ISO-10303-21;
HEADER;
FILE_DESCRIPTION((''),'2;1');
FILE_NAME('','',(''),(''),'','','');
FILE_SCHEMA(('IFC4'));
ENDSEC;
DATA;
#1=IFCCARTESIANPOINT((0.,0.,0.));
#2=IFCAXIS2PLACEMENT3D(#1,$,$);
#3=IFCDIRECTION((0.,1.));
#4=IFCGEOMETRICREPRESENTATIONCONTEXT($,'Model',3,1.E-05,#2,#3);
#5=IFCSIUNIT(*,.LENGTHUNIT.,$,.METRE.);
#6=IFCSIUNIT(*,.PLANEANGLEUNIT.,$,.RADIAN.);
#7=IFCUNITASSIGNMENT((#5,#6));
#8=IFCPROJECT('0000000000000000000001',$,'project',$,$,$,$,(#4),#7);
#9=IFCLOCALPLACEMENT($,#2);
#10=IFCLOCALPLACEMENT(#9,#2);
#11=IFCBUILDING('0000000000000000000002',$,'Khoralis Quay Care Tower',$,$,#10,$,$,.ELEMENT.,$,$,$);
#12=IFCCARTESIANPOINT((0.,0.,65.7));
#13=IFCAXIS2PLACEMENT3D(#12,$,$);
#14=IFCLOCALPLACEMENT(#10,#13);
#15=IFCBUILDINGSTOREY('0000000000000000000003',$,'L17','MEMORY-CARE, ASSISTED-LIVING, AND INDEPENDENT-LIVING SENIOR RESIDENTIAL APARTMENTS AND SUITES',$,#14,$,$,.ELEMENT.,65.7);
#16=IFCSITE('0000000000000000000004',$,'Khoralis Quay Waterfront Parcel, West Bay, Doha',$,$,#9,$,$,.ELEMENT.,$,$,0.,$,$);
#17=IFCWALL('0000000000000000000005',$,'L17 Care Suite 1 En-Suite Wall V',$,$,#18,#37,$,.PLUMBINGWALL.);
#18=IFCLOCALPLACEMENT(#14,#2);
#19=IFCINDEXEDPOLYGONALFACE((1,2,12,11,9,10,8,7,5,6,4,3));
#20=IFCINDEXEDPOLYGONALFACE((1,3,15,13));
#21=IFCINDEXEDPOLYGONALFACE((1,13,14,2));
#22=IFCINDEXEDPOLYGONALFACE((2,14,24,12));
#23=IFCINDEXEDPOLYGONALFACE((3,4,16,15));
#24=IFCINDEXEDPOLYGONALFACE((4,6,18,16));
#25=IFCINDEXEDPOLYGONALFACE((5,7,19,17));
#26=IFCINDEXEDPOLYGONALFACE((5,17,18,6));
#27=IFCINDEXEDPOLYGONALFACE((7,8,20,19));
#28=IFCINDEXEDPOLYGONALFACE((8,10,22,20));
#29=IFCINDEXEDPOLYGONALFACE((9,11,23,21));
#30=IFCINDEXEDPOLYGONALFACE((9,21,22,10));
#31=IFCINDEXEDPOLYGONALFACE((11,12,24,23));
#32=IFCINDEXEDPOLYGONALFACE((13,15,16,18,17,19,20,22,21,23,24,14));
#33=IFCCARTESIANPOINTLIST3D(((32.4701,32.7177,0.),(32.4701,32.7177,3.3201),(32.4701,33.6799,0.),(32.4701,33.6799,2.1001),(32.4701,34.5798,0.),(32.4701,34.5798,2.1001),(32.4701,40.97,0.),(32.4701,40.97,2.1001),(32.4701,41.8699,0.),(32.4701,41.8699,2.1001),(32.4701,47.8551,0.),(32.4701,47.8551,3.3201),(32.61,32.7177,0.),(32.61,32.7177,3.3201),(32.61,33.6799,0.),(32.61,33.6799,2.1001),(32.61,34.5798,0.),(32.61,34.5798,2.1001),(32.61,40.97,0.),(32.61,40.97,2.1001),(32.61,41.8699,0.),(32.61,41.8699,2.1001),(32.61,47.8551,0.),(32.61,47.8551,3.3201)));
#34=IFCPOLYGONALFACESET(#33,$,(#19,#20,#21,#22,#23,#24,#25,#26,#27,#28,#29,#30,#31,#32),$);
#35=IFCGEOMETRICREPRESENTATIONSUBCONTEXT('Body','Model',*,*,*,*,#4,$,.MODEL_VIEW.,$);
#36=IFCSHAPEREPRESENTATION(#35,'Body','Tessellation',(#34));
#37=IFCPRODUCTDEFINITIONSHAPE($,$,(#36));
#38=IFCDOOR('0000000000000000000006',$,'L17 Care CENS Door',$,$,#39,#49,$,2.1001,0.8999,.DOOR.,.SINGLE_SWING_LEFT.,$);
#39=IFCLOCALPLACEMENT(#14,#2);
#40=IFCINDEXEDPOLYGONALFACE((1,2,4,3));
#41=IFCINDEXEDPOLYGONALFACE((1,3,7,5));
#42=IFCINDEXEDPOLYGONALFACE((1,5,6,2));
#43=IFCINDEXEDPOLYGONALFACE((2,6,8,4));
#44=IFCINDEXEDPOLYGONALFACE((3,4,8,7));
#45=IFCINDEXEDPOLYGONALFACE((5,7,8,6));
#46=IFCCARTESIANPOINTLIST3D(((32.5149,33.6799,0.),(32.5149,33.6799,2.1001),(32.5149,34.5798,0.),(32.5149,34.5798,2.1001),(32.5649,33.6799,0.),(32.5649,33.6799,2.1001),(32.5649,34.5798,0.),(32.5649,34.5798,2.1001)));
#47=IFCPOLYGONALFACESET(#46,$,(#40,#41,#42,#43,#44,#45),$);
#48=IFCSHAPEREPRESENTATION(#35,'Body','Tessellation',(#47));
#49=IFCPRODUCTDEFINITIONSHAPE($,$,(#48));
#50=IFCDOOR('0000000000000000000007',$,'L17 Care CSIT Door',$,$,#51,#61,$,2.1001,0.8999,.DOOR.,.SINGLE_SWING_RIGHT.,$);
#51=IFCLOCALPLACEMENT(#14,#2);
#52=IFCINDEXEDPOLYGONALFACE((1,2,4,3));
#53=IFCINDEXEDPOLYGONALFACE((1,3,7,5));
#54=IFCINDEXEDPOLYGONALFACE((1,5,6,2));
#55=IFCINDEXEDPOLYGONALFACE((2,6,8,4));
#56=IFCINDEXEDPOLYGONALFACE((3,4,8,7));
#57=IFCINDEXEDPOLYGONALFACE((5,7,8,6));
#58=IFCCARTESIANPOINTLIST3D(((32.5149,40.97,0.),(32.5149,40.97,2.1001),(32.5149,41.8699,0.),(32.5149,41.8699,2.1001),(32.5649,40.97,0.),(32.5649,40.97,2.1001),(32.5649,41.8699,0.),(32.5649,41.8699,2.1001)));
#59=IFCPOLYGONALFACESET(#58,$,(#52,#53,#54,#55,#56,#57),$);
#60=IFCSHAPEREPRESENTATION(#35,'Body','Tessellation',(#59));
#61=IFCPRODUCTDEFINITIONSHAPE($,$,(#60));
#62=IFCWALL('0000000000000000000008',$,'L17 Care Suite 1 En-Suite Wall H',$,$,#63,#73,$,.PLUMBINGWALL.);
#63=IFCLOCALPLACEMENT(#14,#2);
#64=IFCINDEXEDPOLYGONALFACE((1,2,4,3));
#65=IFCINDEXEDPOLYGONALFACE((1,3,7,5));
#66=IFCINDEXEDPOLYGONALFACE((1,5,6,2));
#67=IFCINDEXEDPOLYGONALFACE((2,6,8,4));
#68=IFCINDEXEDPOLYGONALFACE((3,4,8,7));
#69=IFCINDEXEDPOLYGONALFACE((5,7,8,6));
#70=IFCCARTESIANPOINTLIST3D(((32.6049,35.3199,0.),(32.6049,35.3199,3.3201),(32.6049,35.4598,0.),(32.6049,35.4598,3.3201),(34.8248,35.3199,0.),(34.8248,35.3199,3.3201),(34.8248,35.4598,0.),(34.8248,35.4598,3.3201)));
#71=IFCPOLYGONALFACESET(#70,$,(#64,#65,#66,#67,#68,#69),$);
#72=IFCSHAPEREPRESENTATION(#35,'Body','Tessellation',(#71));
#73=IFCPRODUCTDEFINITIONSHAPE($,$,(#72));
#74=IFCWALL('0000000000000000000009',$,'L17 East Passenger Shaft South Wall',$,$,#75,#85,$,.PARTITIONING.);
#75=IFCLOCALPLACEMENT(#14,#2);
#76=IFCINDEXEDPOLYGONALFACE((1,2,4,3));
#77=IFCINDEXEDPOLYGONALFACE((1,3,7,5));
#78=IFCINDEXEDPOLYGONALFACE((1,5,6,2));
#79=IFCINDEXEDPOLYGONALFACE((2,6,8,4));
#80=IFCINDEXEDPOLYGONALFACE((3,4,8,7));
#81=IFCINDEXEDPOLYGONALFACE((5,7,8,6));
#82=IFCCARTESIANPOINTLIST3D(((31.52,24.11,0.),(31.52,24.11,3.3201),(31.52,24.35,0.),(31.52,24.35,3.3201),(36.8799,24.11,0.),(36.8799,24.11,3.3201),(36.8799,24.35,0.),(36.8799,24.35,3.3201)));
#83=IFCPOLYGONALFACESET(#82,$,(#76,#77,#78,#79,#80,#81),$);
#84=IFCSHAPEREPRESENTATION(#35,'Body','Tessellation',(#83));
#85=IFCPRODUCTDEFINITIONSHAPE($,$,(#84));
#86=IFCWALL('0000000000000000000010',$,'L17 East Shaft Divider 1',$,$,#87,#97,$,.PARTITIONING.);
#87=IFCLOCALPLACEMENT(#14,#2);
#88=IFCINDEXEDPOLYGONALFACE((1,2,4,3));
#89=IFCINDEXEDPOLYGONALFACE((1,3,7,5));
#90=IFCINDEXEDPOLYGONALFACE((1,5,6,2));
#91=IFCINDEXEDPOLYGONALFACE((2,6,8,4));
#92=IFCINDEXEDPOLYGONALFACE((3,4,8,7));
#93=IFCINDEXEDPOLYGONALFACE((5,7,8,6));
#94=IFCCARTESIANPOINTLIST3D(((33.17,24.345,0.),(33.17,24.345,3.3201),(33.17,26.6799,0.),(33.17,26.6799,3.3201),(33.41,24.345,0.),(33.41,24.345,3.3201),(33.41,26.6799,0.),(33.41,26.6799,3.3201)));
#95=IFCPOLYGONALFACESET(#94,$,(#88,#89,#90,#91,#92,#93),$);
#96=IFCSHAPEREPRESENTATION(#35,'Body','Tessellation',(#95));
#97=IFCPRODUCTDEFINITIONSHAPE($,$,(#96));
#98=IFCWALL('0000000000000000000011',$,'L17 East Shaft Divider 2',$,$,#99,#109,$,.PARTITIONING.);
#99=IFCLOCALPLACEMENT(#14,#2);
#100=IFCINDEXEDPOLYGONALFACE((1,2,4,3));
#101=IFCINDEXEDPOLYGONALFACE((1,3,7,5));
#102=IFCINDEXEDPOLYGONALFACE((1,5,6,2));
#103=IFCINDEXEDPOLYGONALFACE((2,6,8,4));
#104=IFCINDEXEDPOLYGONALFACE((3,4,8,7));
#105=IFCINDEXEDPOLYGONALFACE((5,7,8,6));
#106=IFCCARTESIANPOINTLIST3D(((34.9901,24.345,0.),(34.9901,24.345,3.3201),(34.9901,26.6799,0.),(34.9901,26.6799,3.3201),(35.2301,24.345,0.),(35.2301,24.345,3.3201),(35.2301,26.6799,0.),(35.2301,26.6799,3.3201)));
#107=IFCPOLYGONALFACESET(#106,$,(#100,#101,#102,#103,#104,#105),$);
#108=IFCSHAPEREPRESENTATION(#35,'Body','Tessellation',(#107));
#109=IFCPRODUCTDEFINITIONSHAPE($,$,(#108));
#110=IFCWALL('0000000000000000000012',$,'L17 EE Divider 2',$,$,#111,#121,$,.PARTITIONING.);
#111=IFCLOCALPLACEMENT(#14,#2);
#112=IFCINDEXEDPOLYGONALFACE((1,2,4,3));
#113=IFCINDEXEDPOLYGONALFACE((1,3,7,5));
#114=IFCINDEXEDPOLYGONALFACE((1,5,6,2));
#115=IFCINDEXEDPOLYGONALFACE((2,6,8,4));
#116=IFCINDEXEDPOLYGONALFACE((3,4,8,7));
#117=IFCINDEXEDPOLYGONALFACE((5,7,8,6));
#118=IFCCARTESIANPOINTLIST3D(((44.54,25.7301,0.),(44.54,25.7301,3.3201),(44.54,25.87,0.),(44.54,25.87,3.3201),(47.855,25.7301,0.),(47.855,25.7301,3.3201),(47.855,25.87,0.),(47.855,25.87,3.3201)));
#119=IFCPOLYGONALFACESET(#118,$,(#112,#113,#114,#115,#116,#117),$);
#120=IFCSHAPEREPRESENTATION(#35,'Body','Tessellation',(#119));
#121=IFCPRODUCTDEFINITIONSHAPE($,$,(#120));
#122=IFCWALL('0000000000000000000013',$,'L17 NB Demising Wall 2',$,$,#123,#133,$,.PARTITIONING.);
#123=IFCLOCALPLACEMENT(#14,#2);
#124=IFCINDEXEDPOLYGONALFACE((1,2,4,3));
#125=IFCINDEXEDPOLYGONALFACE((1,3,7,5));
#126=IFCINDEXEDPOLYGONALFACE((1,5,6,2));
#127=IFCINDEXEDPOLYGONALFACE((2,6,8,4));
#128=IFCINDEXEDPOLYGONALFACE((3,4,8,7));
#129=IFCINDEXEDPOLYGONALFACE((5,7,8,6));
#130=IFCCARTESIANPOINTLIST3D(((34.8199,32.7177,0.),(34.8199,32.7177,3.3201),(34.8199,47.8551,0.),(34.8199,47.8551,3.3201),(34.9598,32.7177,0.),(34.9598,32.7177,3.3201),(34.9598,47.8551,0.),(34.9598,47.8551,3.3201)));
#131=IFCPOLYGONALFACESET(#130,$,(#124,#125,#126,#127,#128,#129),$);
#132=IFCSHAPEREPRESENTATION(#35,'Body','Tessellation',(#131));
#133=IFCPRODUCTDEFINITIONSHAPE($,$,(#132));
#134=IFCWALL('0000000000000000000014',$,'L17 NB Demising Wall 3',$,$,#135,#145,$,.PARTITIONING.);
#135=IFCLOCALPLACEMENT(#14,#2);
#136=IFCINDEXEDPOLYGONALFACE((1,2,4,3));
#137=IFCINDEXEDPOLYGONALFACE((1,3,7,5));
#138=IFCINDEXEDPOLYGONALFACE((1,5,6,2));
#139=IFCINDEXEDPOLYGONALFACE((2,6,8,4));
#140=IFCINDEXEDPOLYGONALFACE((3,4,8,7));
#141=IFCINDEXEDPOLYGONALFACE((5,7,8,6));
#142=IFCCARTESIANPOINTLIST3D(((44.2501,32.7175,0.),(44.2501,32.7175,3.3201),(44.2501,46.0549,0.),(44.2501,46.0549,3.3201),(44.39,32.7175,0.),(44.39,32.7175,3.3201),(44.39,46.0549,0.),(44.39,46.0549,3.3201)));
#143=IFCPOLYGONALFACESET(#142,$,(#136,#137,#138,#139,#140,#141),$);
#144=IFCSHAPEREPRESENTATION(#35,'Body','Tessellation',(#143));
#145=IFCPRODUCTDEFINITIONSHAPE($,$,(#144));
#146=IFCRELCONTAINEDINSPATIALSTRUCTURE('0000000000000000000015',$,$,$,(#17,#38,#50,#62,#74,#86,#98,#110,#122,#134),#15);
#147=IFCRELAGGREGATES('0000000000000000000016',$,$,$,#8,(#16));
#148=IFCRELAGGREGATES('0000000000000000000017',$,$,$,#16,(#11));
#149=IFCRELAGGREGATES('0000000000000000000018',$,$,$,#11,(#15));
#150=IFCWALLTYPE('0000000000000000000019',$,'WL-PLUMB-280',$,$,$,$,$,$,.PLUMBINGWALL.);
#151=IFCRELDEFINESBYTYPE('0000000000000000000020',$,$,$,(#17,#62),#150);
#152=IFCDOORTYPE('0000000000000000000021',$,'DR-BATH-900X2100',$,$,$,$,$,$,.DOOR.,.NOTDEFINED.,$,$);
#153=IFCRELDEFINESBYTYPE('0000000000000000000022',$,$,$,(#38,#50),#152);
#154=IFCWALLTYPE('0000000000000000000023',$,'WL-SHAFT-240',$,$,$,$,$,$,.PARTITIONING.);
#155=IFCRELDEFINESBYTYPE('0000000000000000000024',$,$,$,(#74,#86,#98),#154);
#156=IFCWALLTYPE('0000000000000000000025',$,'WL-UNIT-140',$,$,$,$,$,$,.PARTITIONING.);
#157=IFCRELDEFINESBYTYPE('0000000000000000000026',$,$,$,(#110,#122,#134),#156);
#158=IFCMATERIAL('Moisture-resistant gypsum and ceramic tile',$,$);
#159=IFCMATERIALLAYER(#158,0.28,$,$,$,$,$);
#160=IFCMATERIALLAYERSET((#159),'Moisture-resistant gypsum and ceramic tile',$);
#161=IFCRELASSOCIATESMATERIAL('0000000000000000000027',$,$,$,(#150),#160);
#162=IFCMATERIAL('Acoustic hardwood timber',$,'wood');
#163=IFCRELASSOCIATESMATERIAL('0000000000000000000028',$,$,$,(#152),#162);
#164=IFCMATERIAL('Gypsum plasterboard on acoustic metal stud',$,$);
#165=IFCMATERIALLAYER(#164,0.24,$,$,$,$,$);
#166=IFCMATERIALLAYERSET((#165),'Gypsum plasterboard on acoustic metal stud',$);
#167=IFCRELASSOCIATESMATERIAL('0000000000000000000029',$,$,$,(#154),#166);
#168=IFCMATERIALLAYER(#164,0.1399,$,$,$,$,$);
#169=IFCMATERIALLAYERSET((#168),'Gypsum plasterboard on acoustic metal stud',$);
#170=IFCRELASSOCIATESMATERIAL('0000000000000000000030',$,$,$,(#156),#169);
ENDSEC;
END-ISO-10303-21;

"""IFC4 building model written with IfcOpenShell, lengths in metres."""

from ifc_helpers import new_model, si_unit, direction, frame, frame_2d, origin, place, context, subcontext, project, spatial, rectangle, extrude, source, transform, mapped, material, layer, layer_set, type_object, element, fill, save


model = new_model("IFC4")

# Units and contexts
model_context = context("Model", 3, precision=1e-05, world=origin(), true_north=direction((0.0, 1.0)))
body_context = subcontext(model_context, "Body", "Model", "MODEL_VIEW")
ifc_project = project(units=[si_unit("LENGTHUNIT", "METRE"), si_unit("PLANEANGLEUNIT", "RADIAN")], contexts=[model_context])

# Site, building, storey
site_placement = place(None, origin())
site = spatial("IfcSite", under=ifc_project, at=site_placement, Name="Khoralis Quay Waterfront Parcel, West Bay, Doha", CompositionType="ELEMENT", RefElevation=0.0)
building_placement = place(site_placement, origin())
building = spatial("IfcBuilding", under=site, at=building_placement, Name="Khoralis Quay Care Tower", CompositionType="ELEMENT")
storey_placement = place(building_placement, frame((0.0, 0.0, 65.7)))
storey = spatial("IfcBuildingStorey", under=building, at=storey_placement, Name="L17", Description="MEMORY-CARE, ASSISTED-LIVING, AND INDEPENDENT-LIVING SENIOR RESIDENTIAL APARTMENTS AND SUITES", CompositionType="ELEMENT", Elevation=65.7)

# Shared definitions
ifc_material_1 = material(Name="Gypsum plasterboard on acoustic metal stud")

# Wall, openings, doors
ifc_material_2 = material(Name="Moisture-resistant gypsum and ceramic tile")
ifc_layer_1 = layer(ifc_material_2, 0.28)
ifc_layer_set_1 = layer_set([ifc_layer_1], Name="Moisture-resistant gypsum and ceramic tile")
wall_type_1 = type_object("IfcWallType", Name="WL-PLUMB-280", PredefinedType="PLUMBINGWALL", material=ifc_layer_set_1)
wall_1_placement = place(storey_placement, frame((32.54, 32.7175, 0.0), z_axis=(0.0, 0.0, 1.0), x_axis=(0.0, 1.0, 0.0)))
wall_1 = element("IfcWall", 1, at=wall_1_placement, inside=storey, type_object=wall_type_1, Name="L17 Care Suite 1 En-Suite Wall V", PredefinedType="PLUMBINGWALL", context=body_context, shape_type="SweptSolid", body=[
    extrude(rectangle(XDim=15.1375, YDim=0.1399, at=frame_2d((7.5688, 0.0))), origin(), (0.0, 0.0, 1.0), 3.3201),
])
opening_1_placement = place(wall_1_placement, frame((0.9624, 0.0, 0.0)))
opening_1 = element("IfcOpeningElement", 2, at=opening_1_placement, cuts=wall_1, PredefinedType="OPENING", context=body_context, shape_type="SweptSolid", body=[
    extrude(rectangle(XDim=0.8999, YDim=2.1001, at=frame_2d((0.45, 1.05))), frame((0.0, 0.0801, 0.0), z_axis=(0.0, -1.0, 0.0), x_axis=(1.0, 0.0, 0.0)), (0.0, 0.0, 1.0), 0.1599),
])
opening_2_placement = place(wall_1_placement, frame((8.2524, 0.0, 0.0)))
opening_2 = element("IfcOpeningElement", 3, at=opening_2_placement, cuts=wall_1, PredefinedType="OPENING", context=body_context, shape_type="SweptSolid", body=[
    extrude(rectangle(XDim=0.8999, YDim=2.1001, at=frame_2d((0.45, 1.05))), frame((0.0, 0.0801, 0.0), z_axis=(0.0, -1.0, 0.0), x_axis=(1.0, 0.0, 0.0)), (0.0, 0.0, 1.0), 0.1599),
])
ifc_material_3 = material(Name="Acoustic hardwood timber", Category="wood")
door_type_1 = type_object("IfcDoorType", Name="DR-BATH-900X2100", OperationType="NOTDEFINED", PredefinedType="DOOR", material=ifc_material_3)
shared_shape_1 = source(origin(), body_context, "Body", "SweptSolid", [
    extrude(rectangle(XDim=0.8999, YDim=2.1001, at=frame_2d((0.45, 1.05))), frame((0.0, 0.0249, 0.0), z_axis=(0.0, -1.0, 0.0), x_axis=(1.0, 0.0, 0.0)), (0.0, 0.0, 1.0), 0.05),
])
door_1_placement = place(opening_1_placement, frame((0.8999, 0.0, 0.0), z_axis=(0.0, 0.0, 1.0), x_axis=(-1.0, 0.0, 0.0)))
door_1 = element("IfcDoor", 4, at=door_1_placement, inside=storey, type_object=door_type_1, Name="L17 Care CENS Door", OperationType="SINGLE_SWING_LEFT", OverallHeight=2.1001, OverallWidth=0.8999, PredefinedType="DOOR", context=body_context, shape_type="MappedRepresentation", body=[
    mapped(shared_shape_1, transform((0.0, 0.0, 0.0), scale=1.0)),
])
fill(opening_1, door_1)
door_2_placement = place(opening_2_placement, frame((0.8999, 0.0, 0.0), z_axis=(0.0, 0.0, 1.0), x_axis=(-1.0, 0.0, 0.0)))
door_2 = element("IfcDoor", 5, at=door_2_placement, inside=storey, type_object=door_type_1, Name="L17 Care CSIT Door", OperationType="SINGLE_SWING_RIGHT", OverallHeight=2.1001, OverallWidth=0.8999, PredefinedType="DOOR", context=body_context, shape_type="MappedRepresentation", body=[
    mapped(shared_shape_1, transform((0.0, 0.0, 0.0), scale=1.0)),
])
fill(opening_2, door_2)

# Walls
wall_2_placement = place(storey_placement, frame((32.605, 35.3899, 0.0), z_axis=(0.0, 0.0, 1.0), x_axis=(1.0, 0.0, 0.0)))
element("IfcWall", 6, at=wall_2_placement, inside=storey, type_object=wall_type_1, Name="L17 Care Suite 1 En-Suite Wall H", PredefinedType="PLUMBINGWALL", context=body_context, shape_type="SweptSolid", body=[
    extrude(rectangle(XDim=2.22, YDim=0.1399, at=frame_2d((1.1099, 0.0))), origin(), (0.0, 0.0, 1.0), 3.3201),
])
ifc_layer_2 = layer(ifc_material_1, 0.24)
ifc_layer_set_2 = layer_set([ifc_layer_2], Name="Gypsum plasterboard on acoustic metal stud")
wall_type_2 = type_object("IfcWallType", Name="WL-SHAFT-240", PredefinedType="PARTITIONING", material=ifc_layer_set_2)
wall_3_placement = place(storey_placement, frame((31.52, 24.23, 0.0), z_axis=(0.0, 0.0, 1.0), x_axis=(1.0, 0.0, 0.0)))
element("IfcWall", 7, at=wall_3_placement, inside=storey, type_object=wall_type_2, Name="L17 East Passenger Shaft South Wall", PredefinedType="PARTITIONING", context=body_context, shape_type="SweptSolid", body=[
    extrude(rectangle(XDim=5.3599, YDim=0.24, at=frame_2d((2.6799, 0.0))), origin(), (0.0, 0.0, 1.0), 3.3201),
])
for number, where, z_axis, x_axis, name in (
    (8, (33.29, 24.345, 0.0), (0.0, 0.0, 1.0), (0.0, 1.0, 0.0), "L17 East Shaft Divider 1"),
    (9, (35.1101, 24.345, 0.0), (0.0, 0.0, 1.0), (0.0, 1.0, 0.0), "L17 East Shaft Divider 2"),
):
    element("IfcWall", number, at=place(storey_placement, frame(where, z_axis=z_axis, x_axis=x_axis)), inside=storey, type_object=wall_type_2, Name=name, PredefinedType="PARTITIONING", context=body_context, shape_type="SweptSolid", body=[
        extrude(rectangle(XDim=2.335, YDim=0.24, at=frame_2d((1.1675, 0.0))), origin(), (0.0, 0.0, 1.0), 3.3201),
    ])
ifc_layer_3 = layer(ifc_material_1, 0.1399)
ifc_layer_set_3 = layer_set([ifc_layer_3], Name="Gypsum plasterboard on acoustic metal stud")
wall_type_3 = type_object("IfcWallType", Name="WL-UNIT-140", PredefinedType="PARTITIONING", material=ifc_layer_set_3)
wall_4_placement = place(storey_placement, frame((44.54, 25.8, 0.0), z_axis=(0.0, 0.0, 1.0), x_axis=(1.0, 0.0, 0.0)))
element("IfcWall", 10, at=wall_4_placement, inside=storey, type_object=wall_type_3, Name="L17 EE Divider 2", PredefinedType="PARTITIONING", context=body_context, shape_type="SweptSolid", body=[
    extrude(rectangle(XDim=3.3149, YDim=0.1399, at=frame_2d((1.6575, 0.0))), origin(), (0.0, 0.0, 1.0), 3.3201),
])
wall_5_placement = place(storey_placement, frame((34.8899, 32.7175, 0.0), z_axis=(0.0, 0.0, 1.0), x_axis=(0.0, 1.0, 0.0)))
element("IfcWall", 11, at=wall_5_placement, inside=storey, type_object=wall_type_3, Name="L17 NB Demising Wall 2", PredefinedType="PARTITIONING", context=body_context, shape_type="SweptSolid", body=[
    extrude(rectangle(XDim=15.1375, YDim=0.1399, at=frame_2d((7.5688, 0.0))), origin(), (0.0, 0.0, 1.0), 3.3201),
])
wall_6_placement = place(storey_placement, frame((44.3201, 32.7175, 0.0), z_axis=(0.0, 0.0, 1.0), x_axis=(0.0, 1.0, 0.0)))
element("IfcWall", 12, at=wall_6_placement, inside=storey, type_object=wall_type_3, Name="L17 NB Demising Wall 3", PredefinedType="PARTITIONING", context=body_context, shape_type="SweptSolid", body=[
    extrude(rectangle(XDim=13.3374, YDim=0.1399, at=frame_2d((6.6687, 0.0))), origin(), (0.0, 0.0, 1.0), 3.3201),
])

save(model, "model.ifc")
